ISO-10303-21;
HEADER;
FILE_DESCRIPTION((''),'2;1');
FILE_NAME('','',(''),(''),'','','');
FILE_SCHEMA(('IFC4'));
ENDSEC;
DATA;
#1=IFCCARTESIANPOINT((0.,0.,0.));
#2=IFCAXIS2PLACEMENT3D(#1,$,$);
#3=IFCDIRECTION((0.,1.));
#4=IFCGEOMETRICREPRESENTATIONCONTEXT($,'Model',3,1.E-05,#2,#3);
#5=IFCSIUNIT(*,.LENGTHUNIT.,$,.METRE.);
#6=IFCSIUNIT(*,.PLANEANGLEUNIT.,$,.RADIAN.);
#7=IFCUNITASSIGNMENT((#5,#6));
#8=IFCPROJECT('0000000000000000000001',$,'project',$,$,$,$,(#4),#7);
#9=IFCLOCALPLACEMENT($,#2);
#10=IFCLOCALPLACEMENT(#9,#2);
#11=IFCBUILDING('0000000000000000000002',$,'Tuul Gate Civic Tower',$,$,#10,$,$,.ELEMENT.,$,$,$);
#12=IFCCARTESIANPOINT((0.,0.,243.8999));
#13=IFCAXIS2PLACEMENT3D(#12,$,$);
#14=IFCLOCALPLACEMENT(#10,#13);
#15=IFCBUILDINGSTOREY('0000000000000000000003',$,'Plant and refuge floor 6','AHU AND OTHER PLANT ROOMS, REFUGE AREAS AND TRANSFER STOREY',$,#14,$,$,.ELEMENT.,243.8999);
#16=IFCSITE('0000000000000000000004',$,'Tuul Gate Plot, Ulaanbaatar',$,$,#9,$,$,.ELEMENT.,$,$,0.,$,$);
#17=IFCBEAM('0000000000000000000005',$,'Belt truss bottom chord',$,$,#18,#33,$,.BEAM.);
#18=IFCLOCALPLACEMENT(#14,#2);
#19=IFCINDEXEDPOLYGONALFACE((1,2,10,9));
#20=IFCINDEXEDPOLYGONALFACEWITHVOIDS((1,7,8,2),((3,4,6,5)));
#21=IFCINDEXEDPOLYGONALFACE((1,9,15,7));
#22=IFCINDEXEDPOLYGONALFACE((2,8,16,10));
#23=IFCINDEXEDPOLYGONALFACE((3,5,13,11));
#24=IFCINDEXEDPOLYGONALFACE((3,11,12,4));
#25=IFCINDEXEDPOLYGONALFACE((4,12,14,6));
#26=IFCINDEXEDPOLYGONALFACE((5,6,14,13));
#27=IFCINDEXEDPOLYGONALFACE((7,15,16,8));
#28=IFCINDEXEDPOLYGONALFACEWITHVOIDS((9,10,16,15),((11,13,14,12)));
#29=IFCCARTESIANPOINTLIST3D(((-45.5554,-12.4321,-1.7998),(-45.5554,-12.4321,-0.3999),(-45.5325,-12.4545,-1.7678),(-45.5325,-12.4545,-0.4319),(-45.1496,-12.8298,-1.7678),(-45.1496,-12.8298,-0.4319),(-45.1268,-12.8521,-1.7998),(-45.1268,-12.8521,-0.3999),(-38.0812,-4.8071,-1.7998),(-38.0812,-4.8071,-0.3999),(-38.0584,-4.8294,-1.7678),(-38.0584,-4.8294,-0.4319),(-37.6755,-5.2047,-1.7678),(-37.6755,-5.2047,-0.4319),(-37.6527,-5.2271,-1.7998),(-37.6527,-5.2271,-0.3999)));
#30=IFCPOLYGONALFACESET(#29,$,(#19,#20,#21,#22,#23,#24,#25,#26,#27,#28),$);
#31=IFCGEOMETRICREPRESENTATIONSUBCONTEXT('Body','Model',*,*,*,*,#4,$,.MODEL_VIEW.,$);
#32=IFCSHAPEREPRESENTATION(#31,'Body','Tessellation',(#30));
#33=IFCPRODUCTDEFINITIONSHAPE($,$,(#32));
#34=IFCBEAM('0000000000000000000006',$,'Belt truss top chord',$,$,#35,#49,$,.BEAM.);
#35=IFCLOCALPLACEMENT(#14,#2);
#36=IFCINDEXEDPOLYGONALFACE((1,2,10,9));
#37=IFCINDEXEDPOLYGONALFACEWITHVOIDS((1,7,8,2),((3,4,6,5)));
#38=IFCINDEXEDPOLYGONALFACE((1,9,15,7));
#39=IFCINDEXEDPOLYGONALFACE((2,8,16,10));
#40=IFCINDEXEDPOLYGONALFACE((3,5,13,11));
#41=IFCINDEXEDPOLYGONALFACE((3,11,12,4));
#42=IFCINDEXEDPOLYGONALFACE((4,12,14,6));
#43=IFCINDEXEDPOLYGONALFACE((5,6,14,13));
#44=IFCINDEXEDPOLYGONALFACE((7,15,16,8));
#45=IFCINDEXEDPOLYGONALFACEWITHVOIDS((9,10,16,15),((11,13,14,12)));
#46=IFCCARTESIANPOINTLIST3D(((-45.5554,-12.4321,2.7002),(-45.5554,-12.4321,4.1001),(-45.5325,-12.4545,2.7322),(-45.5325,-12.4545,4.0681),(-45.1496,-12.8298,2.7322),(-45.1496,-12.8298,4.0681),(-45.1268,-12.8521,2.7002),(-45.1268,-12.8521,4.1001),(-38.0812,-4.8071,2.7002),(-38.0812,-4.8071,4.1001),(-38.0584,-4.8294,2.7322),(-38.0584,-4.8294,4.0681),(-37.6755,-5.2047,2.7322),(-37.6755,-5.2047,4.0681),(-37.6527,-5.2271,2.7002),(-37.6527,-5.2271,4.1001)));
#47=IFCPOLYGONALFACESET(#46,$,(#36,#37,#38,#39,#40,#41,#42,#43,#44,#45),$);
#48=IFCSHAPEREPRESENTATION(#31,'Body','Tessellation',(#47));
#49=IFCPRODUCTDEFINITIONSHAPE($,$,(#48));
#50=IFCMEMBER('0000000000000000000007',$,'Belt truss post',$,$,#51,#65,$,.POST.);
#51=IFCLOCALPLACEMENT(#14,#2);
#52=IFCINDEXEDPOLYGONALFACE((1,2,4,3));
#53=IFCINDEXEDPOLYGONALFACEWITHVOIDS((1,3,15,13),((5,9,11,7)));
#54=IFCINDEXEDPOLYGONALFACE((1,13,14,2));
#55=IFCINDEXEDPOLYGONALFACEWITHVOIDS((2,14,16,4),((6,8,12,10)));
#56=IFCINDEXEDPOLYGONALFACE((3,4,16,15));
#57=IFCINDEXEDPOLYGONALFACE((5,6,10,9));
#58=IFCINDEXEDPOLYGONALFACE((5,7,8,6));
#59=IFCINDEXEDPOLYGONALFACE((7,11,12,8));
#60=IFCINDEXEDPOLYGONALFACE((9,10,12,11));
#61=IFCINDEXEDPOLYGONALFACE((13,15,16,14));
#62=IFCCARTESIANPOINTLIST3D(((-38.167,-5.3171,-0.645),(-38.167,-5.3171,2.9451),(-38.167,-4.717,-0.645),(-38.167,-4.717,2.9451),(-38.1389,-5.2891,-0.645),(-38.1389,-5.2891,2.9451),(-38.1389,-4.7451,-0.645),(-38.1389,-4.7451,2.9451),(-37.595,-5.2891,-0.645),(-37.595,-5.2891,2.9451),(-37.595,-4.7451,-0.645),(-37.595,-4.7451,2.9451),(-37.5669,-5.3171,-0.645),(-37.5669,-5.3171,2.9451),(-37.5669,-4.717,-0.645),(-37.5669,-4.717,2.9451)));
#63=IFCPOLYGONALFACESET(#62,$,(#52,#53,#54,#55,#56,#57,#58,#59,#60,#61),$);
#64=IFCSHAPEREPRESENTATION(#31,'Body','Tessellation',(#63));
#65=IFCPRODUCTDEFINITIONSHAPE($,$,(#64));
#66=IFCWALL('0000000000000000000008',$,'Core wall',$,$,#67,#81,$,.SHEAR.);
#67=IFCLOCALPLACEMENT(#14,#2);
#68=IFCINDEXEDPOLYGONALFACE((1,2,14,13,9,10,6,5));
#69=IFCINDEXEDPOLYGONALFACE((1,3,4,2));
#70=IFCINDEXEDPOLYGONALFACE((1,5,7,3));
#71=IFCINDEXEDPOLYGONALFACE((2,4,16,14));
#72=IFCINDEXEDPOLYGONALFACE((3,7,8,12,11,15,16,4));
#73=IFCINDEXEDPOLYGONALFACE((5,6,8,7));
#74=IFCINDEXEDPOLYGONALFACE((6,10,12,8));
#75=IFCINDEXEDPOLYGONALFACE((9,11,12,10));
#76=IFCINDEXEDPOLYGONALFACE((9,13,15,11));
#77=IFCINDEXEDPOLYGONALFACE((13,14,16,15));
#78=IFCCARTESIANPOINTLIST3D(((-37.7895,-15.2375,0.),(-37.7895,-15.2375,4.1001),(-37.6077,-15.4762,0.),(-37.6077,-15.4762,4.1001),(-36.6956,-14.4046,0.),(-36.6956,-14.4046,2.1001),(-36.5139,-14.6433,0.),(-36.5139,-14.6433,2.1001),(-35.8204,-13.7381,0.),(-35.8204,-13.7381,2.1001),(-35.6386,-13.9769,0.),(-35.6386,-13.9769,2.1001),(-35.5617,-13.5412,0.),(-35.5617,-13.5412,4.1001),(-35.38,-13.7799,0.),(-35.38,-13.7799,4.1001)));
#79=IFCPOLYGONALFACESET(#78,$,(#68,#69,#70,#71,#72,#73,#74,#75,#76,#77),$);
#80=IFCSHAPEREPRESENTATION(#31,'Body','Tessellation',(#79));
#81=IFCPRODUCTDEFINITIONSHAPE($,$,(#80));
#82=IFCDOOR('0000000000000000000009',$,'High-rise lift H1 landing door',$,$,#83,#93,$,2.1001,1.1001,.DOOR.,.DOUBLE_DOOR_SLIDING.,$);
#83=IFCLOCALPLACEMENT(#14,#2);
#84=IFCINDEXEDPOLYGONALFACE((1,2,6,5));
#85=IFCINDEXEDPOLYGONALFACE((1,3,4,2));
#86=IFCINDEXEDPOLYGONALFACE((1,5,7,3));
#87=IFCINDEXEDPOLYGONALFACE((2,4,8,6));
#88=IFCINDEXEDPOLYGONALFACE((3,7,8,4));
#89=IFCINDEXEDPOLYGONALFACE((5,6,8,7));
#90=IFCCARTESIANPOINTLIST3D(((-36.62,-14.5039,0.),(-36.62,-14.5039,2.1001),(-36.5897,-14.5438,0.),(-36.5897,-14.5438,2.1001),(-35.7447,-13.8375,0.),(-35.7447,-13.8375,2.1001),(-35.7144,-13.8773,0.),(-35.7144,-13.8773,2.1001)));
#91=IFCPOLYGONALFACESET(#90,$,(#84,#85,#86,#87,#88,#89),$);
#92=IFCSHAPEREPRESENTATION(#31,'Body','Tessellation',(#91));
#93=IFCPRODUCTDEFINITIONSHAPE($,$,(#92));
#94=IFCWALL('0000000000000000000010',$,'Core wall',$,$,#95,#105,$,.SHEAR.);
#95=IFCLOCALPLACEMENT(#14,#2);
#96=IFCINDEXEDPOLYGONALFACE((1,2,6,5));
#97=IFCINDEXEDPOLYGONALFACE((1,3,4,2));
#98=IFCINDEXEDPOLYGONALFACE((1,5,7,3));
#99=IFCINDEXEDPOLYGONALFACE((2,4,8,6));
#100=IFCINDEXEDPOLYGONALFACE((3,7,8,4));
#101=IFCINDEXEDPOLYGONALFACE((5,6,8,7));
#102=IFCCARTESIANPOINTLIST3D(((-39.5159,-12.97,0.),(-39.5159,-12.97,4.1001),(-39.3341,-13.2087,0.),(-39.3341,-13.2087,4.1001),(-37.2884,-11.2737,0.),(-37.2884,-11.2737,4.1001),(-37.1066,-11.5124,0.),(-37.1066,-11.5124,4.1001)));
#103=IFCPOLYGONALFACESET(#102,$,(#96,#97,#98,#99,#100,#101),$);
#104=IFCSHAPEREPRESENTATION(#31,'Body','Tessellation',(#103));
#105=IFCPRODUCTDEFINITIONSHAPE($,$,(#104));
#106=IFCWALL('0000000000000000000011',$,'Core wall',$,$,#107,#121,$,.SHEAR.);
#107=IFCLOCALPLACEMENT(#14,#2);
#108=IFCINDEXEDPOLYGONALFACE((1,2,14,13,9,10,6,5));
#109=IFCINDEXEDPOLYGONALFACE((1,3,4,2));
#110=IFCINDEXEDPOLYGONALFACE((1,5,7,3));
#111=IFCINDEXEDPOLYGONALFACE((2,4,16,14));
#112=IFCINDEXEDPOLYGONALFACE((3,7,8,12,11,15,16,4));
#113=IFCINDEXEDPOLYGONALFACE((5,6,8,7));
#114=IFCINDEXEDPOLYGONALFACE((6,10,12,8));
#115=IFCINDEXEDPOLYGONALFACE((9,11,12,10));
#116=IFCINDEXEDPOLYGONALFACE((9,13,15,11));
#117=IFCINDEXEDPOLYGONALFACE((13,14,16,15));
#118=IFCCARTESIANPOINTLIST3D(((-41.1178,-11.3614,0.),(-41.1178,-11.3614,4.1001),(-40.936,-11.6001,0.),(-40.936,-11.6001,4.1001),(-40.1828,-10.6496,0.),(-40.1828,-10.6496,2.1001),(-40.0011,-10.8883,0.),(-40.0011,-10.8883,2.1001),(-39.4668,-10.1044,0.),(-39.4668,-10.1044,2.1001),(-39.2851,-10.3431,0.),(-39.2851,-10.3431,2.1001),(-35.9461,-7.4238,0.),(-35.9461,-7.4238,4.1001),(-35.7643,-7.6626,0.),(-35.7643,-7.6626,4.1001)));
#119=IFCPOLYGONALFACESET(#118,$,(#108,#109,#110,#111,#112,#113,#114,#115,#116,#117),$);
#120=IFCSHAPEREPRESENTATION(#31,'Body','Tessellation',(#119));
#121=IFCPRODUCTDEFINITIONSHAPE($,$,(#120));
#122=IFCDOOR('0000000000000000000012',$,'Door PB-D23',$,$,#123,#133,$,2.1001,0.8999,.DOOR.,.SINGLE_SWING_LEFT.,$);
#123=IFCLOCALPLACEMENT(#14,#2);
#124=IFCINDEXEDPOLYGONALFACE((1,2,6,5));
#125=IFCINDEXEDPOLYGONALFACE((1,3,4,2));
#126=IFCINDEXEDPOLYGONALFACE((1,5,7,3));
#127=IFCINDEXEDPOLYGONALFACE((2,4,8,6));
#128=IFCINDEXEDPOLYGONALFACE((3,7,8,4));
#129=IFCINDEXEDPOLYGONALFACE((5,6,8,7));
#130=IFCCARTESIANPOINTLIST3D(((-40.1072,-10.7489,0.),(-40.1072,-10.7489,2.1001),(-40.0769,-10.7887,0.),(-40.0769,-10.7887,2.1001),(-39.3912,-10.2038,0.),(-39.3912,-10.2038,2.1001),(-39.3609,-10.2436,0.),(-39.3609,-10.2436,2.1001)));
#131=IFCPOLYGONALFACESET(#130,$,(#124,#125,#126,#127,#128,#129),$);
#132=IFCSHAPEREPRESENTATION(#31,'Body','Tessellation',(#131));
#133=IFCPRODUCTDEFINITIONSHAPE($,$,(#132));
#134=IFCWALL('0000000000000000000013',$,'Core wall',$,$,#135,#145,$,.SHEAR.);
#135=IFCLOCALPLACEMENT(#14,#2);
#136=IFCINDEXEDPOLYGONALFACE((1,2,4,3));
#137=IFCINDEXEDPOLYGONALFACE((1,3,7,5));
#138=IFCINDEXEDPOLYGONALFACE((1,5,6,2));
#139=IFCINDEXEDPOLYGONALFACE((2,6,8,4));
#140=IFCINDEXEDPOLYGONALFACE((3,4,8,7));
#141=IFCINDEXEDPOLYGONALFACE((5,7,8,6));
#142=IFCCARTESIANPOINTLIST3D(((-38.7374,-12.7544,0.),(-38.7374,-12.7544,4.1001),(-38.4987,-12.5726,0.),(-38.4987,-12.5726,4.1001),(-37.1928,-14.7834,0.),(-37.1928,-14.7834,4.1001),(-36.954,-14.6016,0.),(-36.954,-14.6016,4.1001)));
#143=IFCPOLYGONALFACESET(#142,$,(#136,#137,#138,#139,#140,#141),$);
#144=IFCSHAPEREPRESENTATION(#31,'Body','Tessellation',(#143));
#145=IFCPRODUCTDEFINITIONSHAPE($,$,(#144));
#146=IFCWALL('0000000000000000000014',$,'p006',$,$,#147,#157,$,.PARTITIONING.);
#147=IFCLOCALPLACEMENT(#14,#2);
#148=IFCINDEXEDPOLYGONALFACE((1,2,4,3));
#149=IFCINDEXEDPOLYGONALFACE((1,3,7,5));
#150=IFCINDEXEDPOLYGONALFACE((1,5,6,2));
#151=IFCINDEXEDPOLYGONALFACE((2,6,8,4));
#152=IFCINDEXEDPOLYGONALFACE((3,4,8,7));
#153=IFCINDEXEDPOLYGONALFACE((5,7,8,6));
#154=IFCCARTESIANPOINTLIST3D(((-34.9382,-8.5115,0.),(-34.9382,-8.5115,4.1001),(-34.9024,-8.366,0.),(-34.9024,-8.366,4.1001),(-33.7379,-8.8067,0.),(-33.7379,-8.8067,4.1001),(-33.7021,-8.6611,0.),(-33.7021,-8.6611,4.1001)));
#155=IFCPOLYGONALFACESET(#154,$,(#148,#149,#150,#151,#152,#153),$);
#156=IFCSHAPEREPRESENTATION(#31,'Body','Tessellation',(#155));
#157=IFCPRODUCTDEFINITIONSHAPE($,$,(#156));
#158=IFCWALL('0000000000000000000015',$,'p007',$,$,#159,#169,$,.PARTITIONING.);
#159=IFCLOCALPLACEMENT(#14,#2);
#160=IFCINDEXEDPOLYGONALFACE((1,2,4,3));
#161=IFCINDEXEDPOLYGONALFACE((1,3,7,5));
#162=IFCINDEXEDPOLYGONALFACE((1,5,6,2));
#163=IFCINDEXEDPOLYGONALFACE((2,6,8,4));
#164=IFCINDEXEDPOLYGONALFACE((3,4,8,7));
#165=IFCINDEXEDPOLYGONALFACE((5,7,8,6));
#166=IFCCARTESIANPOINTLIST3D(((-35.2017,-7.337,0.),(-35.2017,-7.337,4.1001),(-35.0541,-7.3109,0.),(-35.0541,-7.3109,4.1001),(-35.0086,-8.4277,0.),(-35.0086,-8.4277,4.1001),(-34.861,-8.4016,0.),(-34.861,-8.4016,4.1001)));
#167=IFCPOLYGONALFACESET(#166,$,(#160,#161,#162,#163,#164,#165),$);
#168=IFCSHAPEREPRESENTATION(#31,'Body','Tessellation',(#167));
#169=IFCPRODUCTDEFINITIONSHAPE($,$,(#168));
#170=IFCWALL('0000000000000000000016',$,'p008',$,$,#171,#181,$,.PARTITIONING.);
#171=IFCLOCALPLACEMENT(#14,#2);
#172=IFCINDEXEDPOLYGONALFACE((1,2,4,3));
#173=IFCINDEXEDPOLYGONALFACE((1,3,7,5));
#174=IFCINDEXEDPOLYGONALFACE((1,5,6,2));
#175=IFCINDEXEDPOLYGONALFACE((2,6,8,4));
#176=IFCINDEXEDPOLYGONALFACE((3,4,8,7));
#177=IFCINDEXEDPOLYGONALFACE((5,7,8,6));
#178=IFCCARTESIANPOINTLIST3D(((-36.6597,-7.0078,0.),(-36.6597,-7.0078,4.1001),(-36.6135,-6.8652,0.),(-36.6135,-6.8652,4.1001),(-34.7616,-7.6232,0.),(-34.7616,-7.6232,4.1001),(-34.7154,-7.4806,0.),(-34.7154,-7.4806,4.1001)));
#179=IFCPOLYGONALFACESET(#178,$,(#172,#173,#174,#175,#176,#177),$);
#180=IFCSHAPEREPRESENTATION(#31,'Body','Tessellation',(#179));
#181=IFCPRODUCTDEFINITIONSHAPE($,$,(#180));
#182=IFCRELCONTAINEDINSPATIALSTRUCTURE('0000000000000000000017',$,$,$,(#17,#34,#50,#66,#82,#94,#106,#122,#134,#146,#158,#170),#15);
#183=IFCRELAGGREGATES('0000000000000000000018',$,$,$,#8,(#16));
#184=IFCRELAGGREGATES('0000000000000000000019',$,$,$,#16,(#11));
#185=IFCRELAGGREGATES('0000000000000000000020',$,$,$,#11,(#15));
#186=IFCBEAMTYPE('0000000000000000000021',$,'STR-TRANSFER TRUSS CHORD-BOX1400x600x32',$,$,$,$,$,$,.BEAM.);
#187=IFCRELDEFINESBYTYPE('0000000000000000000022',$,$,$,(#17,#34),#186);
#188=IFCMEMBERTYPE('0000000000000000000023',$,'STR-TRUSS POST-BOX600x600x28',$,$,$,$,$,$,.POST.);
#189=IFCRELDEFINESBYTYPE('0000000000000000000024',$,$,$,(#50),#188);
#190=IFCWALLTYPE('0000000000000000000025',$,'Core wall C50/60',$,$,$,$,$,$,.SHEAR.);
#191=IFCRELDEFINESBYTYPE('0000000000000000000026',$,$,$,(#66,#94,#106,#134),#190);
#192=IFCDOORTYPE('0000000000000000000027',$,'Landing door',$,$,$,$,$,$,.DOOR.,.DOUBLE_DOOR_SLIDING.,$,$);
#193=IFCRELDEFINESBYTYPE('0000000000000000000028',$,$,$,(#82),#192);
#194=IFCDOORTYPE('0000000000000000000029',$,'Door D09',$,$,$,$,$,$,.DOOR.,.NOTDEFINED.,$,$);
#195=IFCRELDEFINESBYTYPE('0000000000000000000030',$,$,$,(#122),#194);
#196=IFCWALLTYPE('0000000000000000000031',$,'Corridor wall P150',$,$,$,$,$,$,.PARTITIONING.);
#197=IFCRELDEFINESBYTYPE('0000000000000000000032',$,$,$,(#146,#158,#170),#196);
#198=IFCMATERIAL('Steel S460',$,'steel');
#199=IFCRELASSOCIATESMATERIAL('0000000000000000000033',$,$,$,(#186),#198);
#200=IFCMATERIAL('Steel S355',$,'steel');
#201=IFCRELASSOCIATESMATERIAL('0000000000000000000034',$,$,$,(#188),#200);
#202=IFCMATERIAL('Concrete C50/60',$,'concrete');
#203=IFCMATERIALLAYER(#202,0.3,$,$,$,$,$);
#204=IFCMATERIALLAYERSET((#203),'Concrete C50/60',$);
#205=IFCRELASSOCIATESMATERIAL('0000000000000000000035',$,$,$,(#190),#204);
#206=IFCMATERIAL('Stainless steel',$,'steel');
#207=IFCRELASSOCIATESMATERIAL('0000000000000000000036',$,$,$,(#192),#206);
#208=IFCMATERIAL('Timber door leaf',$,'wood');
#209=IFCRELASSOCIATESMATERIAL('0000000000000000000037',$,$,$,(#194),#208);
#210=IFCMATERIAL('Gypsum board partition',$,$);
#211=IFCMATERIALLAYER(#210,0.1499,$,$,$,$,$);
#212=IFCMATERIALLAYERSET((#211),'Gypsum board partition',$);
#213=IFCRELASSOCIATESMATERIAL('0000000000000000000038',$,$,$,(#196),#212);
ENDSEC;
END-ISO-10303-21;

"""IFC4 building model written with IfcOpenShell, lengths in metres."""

from ifc_helpers import new_model, si_unit, direction, frame, frame_2d, origin, origin_2d, place, context, subcontext, project, spatial, rectangle, hollow_rectangle, extrude, material, layer, layer_set, material_profile, profile_set, type_object, element, fill, save


model = new_model("IFC4")

# Units and contexts
model_context = context("Model", 3, precision=1e-05, world=origin(), true_north=direction((0.0, 1.0)))
body_context = subcontext(model_context, "Body", "Model", "MODEL_VIEW")
ifc_project = project(units=[si_unit("LENGTHUNIT", "METRE"), si_unit("PLANEANGLEUNIT", "RADIAN")], contexts=[model_context])

# Site, building, storey
site_placement = place(None, origin())
site = spatial("IfcSite", under=ifc_project, at=site_placement, Name="Tuul Gate Plot, Ulaanbaatar", CompositionType="ELEMENT", RefElevation=0.0)
building_placement = place(site_placement, origin())
building = spatial("IfcBuilding", under=site, at=building_placement, Name="Tuul Gate Civic Tower", CompositionType="ELEMENT")
storey_placement = place(building_placement, frame((0.0, 0.0, 243.8999)))
storey = spatial("IfcBuildingStorey", under=building, at=storey_placement, Name="Plant and refuge floor 6", Description="AHU AND OTHER PLANT ROOMS, REFUGE AREAS AND TRANSFER STOREY", CompositionType="ELEMENT", Elevation=243.8999)

# Beams
ifc_material_1 = material(Name="Steel S460", Category="steel")
ifc_material_profile_1 = material_profile(ifc_material_1, hollow_rectangle(XDim=0.6001, YDim=1.3999, WallThickness=0.032, at=origin_2d()), Name="BOX1400x600x32")
ifc_profile_set_1 = profile_set([ifc_material_profile_1], Name="Steel S460")
beam_type = type_object("IfcBeamType", Name="STR-TRANSFER TRUSS CHORD-BOX1400x600x32", PredefinedType="BEAM", material=ifc_profile_set_1)
for number, where, z_axis, x_axis, name in (
    (1, (-37.8669, -5.0171, -1.0999), (-0.700006, -0.714137, 0.0), (0.714137, -0.700006, 0.0), "Belt truss bottom chord"),
    (2, (-37.8669, -5.0171, 3.4001), (-0.700006, -0.714137, 0.0), (0.714137, -0.700006, 0.0), "Belt truss top chord"),
):
    element("IfcBeam", number, at=place(storey_placement, frame(where, z_axis=z_axis, x_axis=x_axis)), inside=storey, type_object=beam_type, Name=name, PredefinedType="BEAM", context=body_context, shape_type="SweptSolid", body=[
        extrude(hollow_rectangle(XDim=0.6001, YDim=1.3999, WallThickness=0.032, at=origin_2d()), origin(), (0.0, 0.0, 1.0), 10.6772),
    ])

# Member
ifc_material_2 = material(Name="Steel S355", Category="steel")
ifc_material_profile_2 = material_profile(ifc_material_2, hollow_rectangle(XDim=0.6001, YDim=0.6001, WallThickness=0.0281, at=origin_2d()), Name="BOX600x600x28")
ifc_profile_set_2 = profile_set([ifc_material_profile_2], Name="Steel S355")
member_type = type_object("IfcMemberType", Name="STR-TRUSS POST-BOX600x600x28", PredefinedType="POST", material=ifc_profile_set_2)
member_placement = place(storey_placement, frame((-37.8669, -5.0171, -0.645), z_axis=(0.0, 0.0, 1.0), x_axis=(1.0, 0.0, 0.0)))
element("IfcMember", 3, at=member_placement, inside=storey, type_object=member_type, Name="Belt truss post", PredefinedType="POST", context=body_context, shape_type="SweptSolid", body=[
    extrude(hollow_rectangle(XDim=0.6001, YDim=0.6001, WallThickness=0.0281, at=origin_2d()), origin(), (0.0, 0.0, 1.0), 3.5901),
])

# Wall, opening, door
ifc_material_3 = material(Name="Concrete C50/60", Category="concrete")
ifc_layer_1 = layer(ifc_material_3, 0.3)
ifc_layer_set_1 = layer_set([ifc_layer_1], Name="Concrete C50/60")
wall_type_1 = type_object("IfcWallType", Name="Core wall C50/60", PredefinedType="SHEAR", material=ifc_layer_set_1)
wall_1_placement = place(storey_placement, frame((-35.4709, -13.6606, 0.0), z_axis=(0.0, 0.0, 1.0), x_axis=(-0.795616, -0.605802, 0.0)))
wall_1 = element("IfcWall", 4, at=wall_1_placement, inside=storey, type_object=wall_type_1, Name="Core wall", PredefinedType="SHEAR", context=body_context, shape_type="SweptSolid", body=[
    extrude(rectangle(XDim=2.8, YDim=0.3, at=frame_2d((1.3999, 0.0))), origin(), (0.0, 0.0, 1.0), 4.1001),
])
opening_1_placement = place(wall_1_placement, frame((0.325, 0.0, 0.0)))
opening_1 = element("IfcOpeningElement", 5, at=opening_1_placement, cuts=wall_1, PredefinedType="OPENING", context=body_context, shape_type="SweptSolid", body=[
    extrude(rectangle(XDim=1.1001, YDim=2.1001, at=frame_2d((0.55, 1.05))), frame((0.0, 0.1602, 0.0), z_axis=(0.0, -1.0, 0.0), x_axis=(1.0, 0.0, 0.0)), (0.0, 0.0, 1.0), 0.3201),
])
ifc_material_4 = material(Name="Stainless steel", Category="steel")
door_type_1 = type_object("IfcDoorType", Name="Landing door", OperationType="DOUBLE_DOOR_SLIDING", PredefinedType="DOOR", material=ifc_material_4)
door_1_placement = place(opening_1_placement, origin())
door_1 = element("IfcDoor", 6, at=door_1_placement, inside=storey, type_object=door_type_1, Name="High-rise lift H1 landing door", OperationType="DOUBLE_DOOR_SLIDING", OverallHeight=2.1001, OverallWidth=1.1001, PredefinedType="DOOR", context=body_context, shape_type="SweptSolid", body=[
    extrude(rectangle(XDim=1.1001, YDim=2.1001, at=frame_2d((0.55, 1.05))), frame((0.0, 0.0249, 0.0), z_axis=(0.0, -1.0, 0.0), x_axis=(1.0, 0.0, 0.0)), (0.0, 0.0, 1.0), 0.05),
])
fill(opening_1, door_1)

# Wall
wall_2_placement = place(storey_placement, frame((-37.1975, -11.3931, 0.0), z_axis=(0.0, 0.0, 1.0), x_axis=(-0.795584, -0.605844, 0.0)))
element("IfcWall", 7, at=wall_2_placement, inside=storey, type_object=wall_type_1, Name="Core wall", PredefinedType="SHEAR", context=body_context, shape_type="SweptSolid", body=[
    extrude(rectangle(XDim=2.7998, YDim=0.3, at=frame_2d((1.3999, 0.0))), origin(), (0.0, 0.0, 1.0), 4.1001),
])

# Wall, opening, door
wall_3_placement = place(storey_placement, frame((-35.8552, -7.5432, 0.0), z_axis=(0.0, 0.0, 1.0), x_axis=(-0.795639, -0.605772, 0.0)))
wall_3 = element("IfcWall", 8, at=wall_3_placement, inside=storey, type_object=wall_type_1, Name="Core wall", PredefinedType="SHEAR", context=body_context, shape_type="SweptSolid", body=[
    extrude(rectangle(XDim=6.5, YDim=0.3, at=frame_2d((3.25, 0.0))), origin(), (0.0, 0.0, 1.0), 4.1001),
])
opening_2_placement = place(wall_3_placement, frame((4.425, 0.0, 0.0)))
opening_2 = element("IfcOpeningElement", 9, at=opening_2_placement, cuts=wall_3, PredefinedType="OPENING", context=body_context, shape_type="SweptSolid", body=[
    extrude(rectangle(XDim=0.8999, YDim=2.1001, at=frame_2d((0.45, 1.05))), frame((0.0, 0.1602, 0.0), z_axis=(0.0, -1.0, 0.0), x_axis=(1.0, 0.0, 0.0)), (0.0, 0.0, 1.0), 0.3201),
])
ifc_material_5 = material(Name="Timber door leaf", Category="wood")
door_type_2 = type_object("IfcDoorType", Name="Door D09", OperationType="NOTDEFINED", PredefinedType="DOOR", material=ifc_material_5)
door_2_placement = place(opening_2_placement, origin())
door_2 = element("IfcDoor", 10, at=door_2_placement, inside=storey, type_object=door_type_2, Name="Door PB-D23", OperationType="SINGLE_SWING_LEFT", OverallHeight=2.1001, OverallWidth=0.8999, PredefinedType="DOOR", context=body_context, shape_type="SweptSolid", body=[
    extrude(rectangle(XDim=0.8999, YDim=2.1001, at=frame_2d((0.45, 1.05))), frame((0.0, 0.0249, 0.0), z_axis=(0.0, -1.0, 0.0), x_axis=(1.0, 0.0, 0.0)), (0.0, 0.0, 1.0), 0.05),
])
fill(opening_2, door_2)

# Walls
wall_4_placement = place(storey_placement, frame((-37.0735, -14.6924, 0.0), z_axis=(0.0, 0.0, 1.0), x_axis=(-0.605729, 0.795671, 0.0)))
element("IfcWall", 11, at=wall_4_placement, inside=storey, type_object=wall_type_1, Name="Core wall", PredefinedType="SHEAR", context=body_context, shape_type="SweptSolid", body=[
    extrude(rectangle(XDim=2.55, YDim=0.3, at=frame_2d((1.2749, 0.0))), origin(), (0.0, 0.0, 1.0), 4.1001),
])
ifc_material_6 = material(Name="Gypsum board partition")
ifc_layer_2 = layer(ifc_material_6, 0.1499)
ifc_layer_set_2 = layer_set([ifc_layer_2], Name="Gypsum board partition")
wall_type_2 = type_object("IfcWallType", Name="Corridor wall P150", PredefinedType="PARTITIONING", material=ifc_layer_set_2)
wall_5_placement = place(storey_placement, frame((-34.9204, -8.4387, 0.0), z_axis=(0.0, 0.0, 1.0), x_axis=(0.971076, -0.23877, 0.0)))
element("IfcWall", 12, at=wall_5_placement, inside=storey, type_object=wall_type_2, Name="p006", PredefinedType="PARTITIONING", context=body_context, shape_type="SweptSolid", body=[
    extrude(rectangle(XDim=1.2361, YDim=0.1499, at=frame_2d((0.6182, 0.0))), origin(), (0.0, 0.0, 1.0), 4.1001),
])
wall_6_placement = place(storey_placement, frame((-34.9348, -8.4146, 0.0), z_axis=(0.0, 0.0, 1.0), x_axis=(-0.174326, 0.984688, 0.0)))
element("IfcWall", 13, at=wall_6_placement, inside=storey, type_object=wall_type_2, Name="p007", PredefinedType="PARTITIONING", context=body_context, shape_type="SweptSolid", body=[
    extrude(rectangle(XDim=1.1077, YDim=0.1499, at=frame_2d((0.5537, 0.0))), origin(), (0.0, 0.0, 1.0), 4.1001),
])
wall_7_placement = place(storey_placement, frame((-36.6365, -6.9365, 0.0), z_axis=(0.0, 0.0, 1.0), x_axis=(0.951245, -0.308436, 0.0)))
element("IfcWall", 14, at=wall_7_placement, inside=storey, type_object=wall_type_2, Name="p008", PredefinedType="PARTITIONING", context=body_context, shape_type="SweptSolid", body=[
    extrude(rectangle(XDim=1.9954, YDim=0.1499, at=frame_2d((0.9976, 0.0))), origin(), (0.0, 0.0, 1.0), 4.1001),
])

save(model, "model.ifc")
